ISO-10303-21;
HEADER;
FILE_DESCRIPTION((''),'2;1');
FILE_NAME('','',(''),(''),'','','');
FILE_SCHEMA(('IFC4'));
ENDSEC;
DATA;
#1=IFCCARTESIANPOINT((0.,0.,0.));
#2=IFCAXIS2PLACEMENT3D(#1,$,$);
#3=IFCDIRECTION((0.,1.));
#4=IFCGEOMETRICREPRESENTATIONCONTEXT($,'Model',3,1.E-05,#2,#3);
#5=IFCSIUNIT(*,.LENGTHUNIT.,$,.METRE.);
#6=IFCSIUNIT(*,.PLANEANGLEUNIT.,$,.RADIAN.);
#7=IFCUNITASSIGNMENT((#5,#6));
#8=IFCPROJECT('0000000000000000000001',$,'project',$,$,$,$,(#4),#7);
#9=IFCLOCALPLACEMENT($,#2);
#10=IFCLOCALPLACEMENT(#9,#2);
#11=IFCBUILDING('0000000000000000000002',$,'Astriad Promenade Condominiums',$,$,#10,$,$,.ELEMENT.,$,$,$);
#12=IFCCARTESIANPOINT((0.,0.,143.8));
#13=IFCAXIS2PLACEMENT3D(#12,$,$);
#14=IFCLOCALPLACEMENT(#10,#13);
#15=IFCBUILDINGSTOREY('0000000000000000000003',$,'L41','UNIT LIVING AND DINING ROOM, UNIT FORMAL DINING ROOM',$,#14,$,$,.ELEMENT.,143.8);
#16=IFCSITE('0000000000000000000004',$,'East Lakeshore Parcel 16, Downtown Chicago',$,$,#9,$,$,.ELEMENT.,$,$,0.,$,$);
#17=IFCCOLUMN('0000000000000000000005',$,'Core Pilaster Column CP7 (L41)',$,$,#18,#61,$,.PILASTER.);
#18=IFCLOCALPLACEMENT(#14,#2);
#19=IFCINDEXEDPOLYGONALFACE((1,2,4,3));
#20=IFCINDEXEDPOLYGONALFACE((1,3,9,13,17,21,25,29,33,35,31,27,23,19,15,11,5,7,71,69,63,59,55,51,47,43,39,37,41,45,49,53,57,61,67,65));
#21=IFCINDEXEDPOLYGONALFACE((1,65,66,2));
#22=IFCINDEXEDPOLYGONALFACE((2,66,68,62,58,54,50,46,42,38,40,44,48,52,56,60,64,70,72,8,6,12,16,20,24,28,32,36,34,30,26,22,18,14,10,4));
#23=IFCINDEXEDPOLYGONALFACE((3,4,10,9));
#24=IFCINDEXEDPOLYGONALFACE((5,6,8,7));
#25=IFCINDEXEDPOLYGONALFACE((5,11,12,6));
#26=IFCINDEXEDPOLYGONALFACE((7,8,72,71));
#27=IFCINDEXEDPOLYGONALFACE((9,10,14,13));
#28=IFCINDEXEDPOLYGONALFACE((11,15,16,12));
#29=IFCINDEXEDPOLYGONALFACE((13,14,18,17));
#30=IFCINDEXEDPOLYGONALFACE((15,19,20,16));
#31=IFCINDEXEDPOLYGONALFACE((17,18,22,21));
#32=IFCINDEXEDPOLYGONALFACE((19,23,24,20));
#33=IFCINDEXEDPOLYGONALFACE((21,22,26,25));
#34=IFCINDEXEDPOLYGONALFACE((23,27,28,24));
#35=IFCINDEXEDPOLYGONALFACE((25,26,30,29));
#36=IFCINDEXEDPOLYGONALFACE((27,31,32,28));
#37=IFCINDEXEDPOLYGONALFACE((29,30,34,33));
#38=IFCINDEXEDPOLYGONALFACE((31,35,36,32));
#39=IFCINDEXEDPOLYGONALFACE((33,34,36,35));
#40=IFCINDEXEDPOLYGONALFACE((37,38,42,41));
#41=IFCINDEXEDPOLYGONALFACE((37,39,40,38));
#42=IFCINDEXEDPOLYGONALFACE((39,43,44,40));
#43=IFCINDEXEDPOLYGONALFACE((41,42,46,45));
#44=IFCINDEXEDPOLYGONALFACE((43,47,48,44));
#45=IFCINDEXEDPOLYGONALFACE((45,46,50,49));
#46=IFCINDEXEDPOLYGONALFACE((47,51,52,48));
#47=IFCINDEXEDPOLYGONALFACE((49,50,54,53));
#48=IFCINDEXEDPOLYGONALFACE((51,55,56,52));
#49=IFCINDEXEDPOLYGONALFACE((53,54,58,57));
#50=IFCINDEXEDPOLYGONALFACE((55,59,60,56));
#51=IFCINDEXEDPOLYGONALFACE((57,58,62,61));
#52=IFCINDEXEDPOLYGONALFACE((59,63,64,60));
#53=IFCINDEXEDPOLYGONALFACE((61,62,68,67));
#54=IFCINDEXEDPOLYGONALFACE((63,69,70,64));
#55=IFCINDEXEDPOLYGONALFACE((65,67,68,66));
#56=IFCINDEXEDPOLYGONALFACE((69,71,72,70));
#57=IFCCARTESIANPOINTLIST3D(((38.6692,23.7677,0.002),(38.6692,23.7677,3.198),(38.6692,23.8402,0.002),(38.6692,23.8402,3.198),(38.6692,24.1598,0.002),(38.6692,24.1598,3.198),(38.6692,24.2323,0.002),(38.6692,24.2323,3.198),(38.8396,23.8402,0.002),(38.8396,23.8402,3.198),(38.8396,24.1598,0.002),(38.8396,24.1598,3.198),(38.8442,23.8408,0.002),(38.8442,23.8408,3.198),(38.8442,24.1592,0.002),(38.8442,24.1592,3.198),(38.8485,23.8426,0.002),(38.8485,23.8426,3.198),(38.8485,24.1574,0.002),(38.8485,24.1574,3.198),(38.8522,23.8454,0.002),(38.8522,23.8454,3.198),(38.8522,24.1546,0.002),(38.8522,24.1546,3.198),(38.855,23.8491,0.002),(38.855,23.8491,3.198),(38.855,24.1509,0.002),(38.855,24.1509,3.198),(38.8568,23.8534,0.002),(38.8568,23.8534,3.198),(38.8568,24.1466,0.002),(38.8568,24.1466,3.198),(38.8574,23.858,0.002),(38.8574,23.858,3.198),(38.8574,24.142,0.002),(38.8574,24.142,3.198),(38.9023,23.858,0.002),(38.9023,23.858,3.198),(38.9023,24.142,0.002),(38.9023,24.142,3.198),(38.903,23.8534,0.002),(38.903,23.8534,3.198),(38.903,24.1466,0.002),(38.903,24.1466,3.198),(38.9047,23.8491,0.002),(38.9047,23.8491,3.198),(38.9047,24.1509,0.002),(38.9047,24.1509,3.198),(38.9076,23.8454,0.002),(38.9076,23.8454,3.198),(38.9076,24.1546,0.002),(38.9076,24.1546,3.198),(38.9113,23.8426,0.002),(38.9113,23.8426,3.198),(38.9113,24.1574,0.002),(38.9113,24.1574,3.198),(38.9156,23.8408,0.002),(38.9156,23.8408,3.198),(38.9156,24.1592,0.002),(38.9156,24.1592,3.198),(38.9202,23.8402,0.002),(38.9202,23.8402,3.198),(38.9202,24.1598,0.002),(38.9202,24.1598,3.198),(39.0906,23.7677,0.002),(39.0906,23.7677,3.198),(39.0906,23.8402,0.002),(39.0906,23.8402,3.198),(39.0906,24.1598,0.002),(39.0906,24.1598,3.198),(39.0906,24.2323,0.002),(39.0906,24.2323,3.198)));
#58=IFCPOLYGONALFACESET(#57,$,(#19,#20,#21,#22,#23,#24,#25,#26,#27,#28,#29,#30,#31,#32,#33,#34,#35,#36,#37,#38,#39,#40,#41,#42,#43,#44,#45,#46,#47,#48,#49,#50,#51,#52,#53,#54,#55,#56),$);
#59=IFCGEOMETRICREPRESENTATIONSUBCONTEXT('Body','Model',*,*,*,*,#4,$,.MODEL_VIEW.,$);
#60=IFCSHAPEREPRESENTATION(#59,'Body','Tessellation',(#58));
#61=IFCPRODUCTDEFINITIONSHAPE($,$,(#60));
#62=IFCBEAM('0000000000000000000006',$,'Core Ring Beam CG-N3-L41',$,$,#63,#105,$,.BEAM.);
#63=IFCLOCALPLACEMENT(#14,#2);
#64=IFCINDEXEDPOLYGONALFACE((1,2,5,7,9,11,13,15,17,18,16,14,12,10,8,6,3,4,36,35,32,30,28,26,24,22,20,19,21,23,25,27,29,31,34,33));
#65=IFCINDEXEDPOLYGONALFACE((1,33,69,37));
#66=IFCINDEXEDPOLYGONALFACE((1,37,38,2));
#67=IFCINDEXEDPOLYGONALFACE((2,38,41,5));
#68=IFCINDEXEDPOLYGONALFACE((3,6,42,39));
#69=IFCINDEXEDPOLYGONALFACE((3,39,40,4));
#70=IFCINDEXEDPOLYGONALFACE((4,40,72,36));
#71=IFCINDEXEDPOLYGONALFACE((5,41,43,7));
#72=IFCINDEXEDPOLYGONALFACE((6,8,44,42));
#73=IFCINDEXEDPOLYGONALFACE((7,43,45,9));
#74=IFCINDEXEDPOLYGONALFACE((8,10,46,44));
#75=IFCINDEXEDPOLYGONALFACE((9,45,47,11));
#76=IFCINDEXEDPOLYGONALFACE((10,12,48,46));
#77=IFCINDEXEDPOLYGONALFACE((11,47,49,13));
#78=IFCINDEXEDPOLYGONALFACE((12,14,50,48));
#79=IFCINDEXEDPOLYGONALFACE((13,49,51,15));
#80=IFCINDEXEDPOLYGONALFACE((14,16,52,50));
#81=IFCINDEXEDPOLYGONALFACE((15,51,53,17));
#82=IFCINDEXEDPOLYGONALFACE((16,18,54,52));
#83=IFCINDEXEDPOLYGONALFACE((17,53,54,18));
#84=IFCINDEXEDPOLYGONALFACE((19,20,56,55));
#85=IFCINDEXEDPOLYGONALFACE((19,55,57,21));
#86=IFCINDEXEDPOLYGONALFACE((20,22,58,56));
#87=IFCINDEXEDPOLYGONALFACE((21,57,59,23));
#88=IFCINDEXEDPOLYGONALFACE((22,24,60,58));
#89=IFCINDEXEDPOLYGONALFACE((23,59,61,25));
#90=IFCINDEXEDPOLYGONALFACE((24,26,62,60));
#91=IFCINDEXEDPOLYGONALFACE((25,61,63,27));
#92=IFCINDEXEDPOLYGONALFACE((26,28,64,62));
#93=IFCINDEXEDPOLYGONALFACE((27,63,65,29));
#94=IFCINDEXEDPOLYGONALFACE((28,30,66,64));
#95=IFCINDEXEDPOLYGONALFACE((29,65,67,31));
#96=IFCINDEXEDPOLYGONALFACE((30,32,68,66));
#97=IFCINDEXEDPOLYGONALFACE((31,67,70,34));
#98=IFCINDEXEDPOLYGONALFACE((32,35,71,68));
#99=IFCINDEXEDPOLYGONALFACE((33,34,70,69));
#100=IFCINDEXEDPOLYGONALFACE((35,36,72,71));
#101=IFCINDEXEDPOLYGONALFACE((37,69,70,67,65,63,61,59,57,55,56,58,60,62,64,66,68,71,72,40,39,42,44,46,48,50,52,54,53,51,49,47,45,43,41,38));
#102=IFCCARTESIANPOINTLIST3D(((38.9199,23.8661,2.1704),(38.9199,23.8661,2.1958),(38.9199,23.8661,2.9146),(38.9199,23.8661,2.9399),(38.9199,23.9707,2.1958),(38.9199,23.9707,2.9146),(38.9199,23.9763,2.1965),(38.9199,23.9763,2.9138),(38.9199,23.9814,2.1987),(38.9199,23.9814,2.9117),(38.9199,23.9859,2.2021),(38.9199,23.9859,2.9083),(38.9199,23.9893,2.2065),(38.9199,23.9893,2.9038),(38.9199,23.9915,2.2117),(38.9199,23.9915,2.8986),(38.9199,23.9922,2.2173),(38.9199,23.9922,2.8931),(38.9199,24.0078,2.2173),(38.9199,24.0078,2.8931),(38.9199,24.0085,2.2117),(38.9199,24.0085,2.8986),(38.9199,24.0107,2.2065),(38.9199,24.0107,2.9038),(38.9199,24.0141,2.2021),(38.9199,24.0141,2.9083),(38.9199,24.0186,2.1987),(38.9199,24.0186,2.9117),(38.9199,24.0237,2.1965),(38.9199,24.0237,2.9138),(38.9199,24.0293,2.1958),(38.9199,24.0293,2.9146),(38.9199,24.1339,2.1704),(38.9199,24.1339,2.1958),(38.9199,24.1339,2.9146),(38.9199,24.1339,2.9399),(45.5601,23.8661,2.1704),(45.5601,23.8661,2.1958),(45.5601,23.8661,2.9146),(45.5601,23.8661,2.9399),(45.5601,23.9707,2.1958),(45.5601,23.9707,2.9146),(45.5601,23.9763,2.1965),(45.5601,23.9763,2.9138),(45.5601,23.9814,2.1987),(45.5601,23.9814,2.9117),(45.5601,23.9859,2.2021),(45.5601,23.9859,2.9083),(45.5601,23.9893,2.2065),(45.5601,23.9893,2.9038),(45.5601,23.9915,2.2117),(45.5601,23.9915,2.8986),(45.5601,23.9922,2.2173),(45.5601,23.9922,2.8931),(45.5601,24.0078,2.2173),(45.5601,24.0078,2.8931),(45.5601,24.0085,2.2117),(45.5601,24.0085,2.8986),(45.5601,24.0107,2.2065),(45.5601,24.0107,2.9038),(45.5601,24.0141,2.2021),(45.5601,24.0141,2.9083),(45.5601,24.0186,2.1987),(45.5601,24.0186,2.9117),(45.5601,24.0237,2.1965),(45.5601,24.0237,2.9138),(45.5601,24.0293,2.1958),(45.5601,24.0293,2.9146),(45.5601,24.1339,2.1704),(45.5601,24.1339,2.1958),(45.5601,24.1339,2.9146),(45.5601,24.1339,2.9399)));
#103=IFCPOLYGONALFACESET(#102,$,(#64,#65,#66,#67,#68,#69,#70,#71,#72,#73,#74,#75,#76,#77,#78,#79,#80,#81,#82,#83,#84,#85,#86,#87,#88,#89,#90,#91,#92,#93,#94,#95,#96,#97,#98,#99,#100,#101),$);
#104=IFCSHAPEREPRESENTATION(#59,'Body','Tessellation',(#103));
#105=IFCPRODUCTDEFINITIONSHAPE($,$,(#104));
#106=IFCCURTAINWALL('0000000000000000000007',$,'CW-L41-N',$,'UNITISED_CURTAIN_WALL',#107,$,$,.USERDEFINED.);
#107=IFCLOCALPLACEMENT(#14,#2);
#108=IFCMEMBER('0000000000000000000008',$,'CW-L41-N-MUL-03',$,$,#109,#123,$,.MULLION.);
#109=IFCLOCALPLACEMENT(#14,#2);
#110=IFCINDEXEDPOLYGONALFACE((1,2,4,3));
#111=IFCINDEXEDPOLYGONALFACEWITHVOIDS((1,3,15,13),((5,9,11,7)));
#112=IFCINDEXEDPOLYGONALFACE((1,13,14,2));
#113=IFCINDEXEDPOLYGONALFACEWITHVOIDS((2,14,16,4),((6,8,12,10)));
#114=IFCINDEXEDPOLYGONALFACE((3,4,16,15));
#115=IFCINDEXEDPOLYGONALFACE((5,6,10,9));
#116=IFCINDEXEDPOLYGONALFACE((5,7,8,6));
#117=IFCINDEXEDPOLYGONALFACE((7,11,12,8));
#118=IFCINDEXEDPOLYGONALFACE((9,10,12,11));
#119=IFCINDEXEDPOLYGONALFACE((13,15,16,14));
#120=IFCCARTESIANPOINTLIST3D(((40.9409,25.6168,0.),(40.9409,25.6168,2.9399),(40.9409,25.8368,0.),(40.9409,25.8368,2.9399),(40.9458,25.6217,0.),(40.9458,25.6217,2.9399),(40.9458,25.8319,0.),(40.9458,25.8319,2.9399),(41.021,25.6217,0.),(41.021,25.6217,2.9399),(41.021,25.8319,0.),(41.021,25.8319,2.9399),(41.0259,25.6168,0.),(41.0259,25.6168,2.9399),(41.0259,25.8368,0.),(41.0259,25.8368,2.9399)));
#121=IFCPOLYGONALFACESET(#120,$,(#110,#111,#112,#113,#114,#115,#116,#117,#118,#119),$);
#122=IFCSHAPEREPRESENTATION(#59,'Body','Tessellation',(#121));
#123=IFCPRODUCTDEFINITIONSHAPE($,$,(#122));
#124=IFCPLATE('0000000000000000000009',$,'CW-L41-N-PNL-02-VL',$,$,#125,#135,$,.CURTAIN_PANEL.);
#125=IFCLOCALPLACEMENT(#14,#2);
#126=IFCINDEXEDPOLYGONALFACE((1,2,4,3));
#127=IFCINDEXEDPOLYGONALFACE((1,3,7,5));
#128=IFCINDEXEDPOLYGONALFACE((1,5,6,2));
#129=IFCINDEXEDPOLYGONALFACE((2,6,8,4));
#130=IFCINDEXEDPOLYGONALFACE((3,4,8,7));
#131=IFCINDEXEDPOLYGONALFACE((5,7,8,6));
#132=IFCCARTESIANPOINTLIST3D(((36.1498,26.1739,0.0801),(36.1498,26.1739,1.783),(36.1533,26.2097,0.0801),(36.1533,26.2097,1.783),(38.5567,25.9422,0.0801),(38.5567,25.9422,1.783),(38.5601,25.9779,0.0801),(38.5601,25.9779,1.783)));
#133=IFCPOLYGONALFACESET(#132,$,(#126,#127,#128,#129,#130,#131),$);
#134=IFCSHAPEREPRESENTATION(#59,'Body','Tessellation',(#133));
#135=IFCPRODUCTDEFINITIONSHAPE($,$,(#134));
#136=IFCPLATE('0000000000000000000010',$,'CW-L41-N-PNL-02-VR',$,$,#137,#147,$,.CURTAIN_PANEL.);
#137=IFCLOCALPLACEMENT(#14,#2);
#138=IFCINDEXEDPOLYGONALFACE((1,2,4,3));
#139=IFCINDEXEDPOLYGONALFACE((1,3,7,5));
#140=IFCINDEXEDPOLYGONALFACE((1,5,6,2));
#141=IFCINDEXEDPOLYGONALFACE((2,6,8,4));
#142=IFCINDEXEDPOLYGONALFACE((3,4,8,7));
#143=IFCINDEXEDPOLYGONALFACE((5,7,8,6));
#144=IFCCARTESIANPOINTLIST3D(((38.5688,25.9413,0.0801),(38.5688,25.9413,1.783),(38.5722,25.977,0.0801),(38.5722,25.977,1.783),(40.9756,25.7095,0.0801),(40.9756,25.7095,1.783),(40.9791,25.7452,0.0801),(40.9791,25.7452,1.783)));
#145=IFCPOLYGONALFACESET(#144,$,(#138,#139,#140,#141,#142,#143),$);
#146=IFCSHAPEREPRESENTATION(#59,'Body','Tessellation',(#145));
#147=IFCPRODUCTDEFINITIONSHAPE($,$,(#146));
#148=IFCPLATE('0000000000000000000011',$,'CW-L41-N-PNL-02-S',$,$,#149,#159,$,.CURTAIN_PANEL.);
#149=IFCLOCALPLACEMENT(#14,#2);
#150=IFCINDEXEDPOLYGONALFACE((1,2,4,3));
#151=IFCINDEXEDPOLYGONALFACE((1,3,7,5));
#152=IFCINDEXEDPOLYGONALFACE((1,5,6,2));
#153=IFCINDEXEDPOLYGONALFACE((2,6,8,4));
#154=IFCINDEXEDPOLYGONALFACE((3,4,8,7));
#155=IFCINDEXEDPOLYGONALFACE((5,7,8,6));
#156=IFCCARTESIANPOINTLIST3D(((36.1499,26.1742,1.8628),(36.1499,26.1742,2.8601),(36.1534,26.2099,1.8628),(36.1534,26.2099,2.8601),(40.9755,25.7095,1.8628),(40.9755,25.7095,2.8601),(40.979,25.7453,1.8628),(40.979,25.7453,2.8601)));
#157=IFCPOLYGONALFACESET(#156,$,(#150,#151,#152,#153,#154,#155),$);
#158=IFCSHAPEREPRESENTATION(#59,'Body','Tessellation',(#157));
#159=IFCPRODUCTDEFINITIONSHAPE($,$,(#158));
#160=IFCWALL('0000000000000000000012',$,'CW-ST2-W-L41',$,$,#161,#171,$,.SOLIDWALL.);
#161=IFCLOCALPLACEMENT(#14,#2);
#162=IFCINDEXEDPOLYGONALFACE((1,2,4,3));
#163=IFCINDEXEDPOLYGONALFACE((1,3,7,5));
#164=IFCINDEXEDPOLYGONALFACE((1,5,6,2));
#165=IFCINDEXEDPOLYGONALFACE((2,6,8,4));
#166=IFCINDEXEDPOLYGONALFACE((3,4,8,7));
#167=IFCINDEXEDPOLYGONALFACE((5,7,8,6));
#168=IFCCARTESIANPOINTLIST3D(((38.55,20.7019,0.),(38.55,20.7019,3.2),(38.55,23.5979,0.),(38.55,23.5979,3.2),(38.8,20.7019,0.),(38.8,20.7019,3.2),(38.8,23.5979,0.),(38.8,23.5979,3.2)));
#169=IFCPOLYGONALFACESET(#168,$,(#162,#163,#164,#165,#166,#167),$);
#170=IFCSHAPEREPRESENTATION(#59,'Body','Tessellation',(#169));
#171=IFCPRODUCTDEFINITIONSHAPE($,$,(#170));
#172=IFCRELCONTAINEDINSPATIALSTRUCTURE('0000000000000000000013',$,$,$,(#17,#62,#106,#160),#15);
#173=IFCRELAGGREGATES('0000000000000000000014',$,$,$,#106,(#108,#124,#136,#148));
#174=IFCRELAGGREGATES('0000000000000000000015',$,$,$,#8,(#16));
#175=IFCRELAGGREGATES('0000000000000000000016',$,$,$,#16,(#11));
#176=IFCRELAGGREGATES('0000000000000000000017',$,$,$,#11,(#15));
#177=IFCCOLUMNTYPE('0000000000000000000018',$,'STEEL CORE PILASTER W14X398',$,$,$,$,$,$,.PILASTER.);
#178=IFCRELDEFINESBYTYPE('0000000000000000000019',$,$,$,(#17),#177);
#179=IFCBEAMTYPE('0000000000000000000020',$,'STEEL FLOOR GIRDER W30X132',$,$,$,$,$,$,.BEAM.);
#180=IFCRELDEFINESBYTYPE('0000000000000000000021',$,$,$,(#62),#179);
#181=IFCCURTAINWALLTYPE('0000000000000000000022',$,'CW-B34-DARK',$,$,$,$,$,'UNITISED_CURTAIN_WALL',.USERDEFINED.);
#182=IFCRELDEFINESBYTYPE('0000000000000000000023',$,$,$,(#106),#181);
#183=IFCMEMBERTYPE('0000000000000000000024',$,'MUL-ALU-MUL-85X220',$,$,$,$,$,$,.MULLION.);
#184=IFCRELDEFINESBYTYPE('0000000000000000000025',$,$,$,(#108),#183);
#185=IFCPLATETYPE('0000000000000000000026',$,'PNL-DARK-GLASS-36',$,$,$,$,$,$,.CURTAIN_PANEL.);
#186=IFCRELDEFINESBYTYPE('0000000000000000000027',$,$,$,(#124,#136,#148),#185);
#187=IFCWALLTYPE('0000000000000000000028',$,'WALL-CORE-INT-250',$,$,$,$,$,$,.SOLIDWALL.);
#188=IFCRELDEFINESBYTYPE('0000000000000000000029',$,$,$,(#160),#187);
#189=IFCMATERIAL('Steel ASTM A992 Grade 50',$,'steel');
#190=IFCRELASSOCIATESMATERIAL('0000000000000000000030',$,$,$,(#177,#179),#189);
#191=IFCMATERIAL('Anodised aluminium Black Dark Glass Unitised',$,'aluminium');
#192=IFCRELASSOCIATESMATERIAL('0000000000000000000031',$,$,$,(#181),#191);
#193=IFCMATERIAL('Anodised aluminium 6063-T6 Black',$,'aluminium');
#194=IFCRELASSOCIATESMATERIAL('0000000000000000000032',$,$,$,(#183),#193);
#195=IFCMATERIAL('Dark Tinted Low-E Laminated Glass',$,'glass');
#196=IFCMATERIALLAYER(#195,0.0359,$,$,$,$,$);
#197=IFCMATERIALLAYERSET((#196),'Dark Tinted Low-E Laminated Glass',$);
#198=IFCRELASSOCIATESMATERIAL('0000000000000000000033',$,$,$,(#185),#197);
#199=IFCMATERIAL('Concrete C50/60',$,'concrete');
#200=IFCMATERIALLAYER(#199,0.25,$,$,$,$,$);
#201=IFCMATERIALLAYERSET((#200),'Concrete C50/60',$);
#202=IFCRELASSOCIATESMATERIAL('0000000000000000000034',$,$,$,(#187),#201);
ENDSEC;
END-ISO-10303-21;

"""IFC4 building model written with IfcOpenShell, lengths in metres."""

from ifc_helpers import new_model, si_unit, direction, frame, frame_2d, origin, origin_2d, place, context, subcontext, project, spatial, rectangle, hollow_rectangle, i_section, extrude, source, transform, mapped, material, layer, layer_set, material_profile, profile_set, type_object, type_shapes, element, aggregate, save


model = new_model("IFC4")

# Units and contexts
model_context = context("Model", 3, precision=1e-05, world=origin(), true_north=direction((0.0, 1.0)))
body_context = subcontext(model_context, "Body", "Model", "MODEL_VIEW")
ifc_project = project(units=[si_unit("LENGTHUNIT", "METRE"), si_unit("PLANEANGLEUNIT", "RADIAN")], contexts=[model_context])

# Site, building, storey
site_placement = place(None, origin())
site = spatial("IfcSite", under=ifc_project, at=site_placement, Name="East Lakeshore Parcel 16, Downtown Chicago", CompositionType="ELEMENT", RefElevation=0.0)
building_placement = place(site_placement, origin())
building = spatial("IfcBuilding", under=site, at=building_placement, Name="Astriad Promenade Condominiums", CompositionType="ELEMENT")
storey_placement = place(building_placement, frame((0.0, 0.0, 143.8)))
storey = spatial("IfcBuildingStorey", under=building, at=storey_placement, Name="L41", Description="UNIT LIVING AND DINING ROOM, UNIT FORMAL DINING ROOM", CompositionType="ELEMENT", Elevation=143.8)

# Column
ifc_material_1 = material(Name="Steel ASTM A992 Grade 50", Category="steel")
ifc_material_profile_1 = material_profile(ifc_material_1, i_section(OverallWidth=0.4214, OverallDepth=0.4646, WebThickness=0.0449, FlangeThickness=0.0725, FilletRadius=0.0178, at=origin_2d()), Name="W14X398")
ifc_profile_set_1 = profile_set([ifc_material_profile_1], Name="Steel ASTM A992 Grade 50")
column_type = type_object("IfcColumnType", Name="STEEL CORE PILASTER W14X398", PredefinedType="PILASTER", material=ifc_profile_set_1)
shared_shape_1 = source(origin(), body_context, "Body", "SweptSolid", [
    extrude(i_section(OverallWidth=0.4214, OverallDepth=0.4646, WebThickness=0.0449, FlangeThickness=0.0725, FilletRadius=0.0178, at=origin_2d()), origin(), (0.0, 0.0, 1.0), 3.196),
])
type_shapes(column_type, [shared_shape_1])
column_placement = place(storey_placement, frame((38.8799, 24.0, 0.002), z_axis=(0.0, 0.0, 1.0), x_axis=(1.0, 0.0, 0.0)))
element("IfcColumn", 1, at=column_placement, inside=storey, type_object=column_type, Name="Core Pilaster Column CP7 (L41)", PredefinedType="PILASTER", context=body_context, shape_type="MappedRepresentation", body=[
    mapped(shared_shape_1, transform((0.0, 0.0, 0.0), scale=1.0)),
])

# Beam
ifc_material_profile_2 = material_profile(ifc_material_1, i_section(OverallWidth=0.2678, OverallDepth=0.7695, WebThickness=0.0156, FlangeThickness=0.0254, FilletRadius=0.0215, at=origin_2d()), Name="W30X132")
ifc_profile_set_2 = profile_set([ifc_material_profile_2], Name="Steel ASTM A992 Grade 50")
beam_type = type_object("IfcBeamType", Name="STEEL FLOOR GIRDER W30X132", PredefinedType="BEAM", material=ifc_profile_set_2)
shared_shape_2 = source(origin(), body_context, "Body", "SweptSolid", [
    extrude(i_section(OverallWidth=0.2678, OverallDepth=0.7695, WebThickness=0.0156, FlangeThickness=0.0254, FilletRadius=0.0215, at=origin_2d()), origin(), (0.0, 0.0, 1.0), 6.6401),
])
type_shapes(beam_type, [shared_shape_2])
beam_placement = place(storey_placement, frame((38.9199, 24.0, 2.5552), z_axis=(1.0, 0.0, 0.0), x_axis=(0.0, 1.0, 0.0)))
element("IfcBeam", 2, at=beam_placement, inside=storey, type_object=beam_type, Name="Core Ring Beam CG-N3-L41", PredefinedType="BEAM", context=body_context, shape_type="MappedRepresentation", body=[
    mapped(shared_shape_2, transform((0.0, 0.0, 0.0), scale=1.0)),
])

# Curtain wall, member, plates
ifc_material_2 = material(Name="Anodised aluminium Black Dark Glass Unitised", Category="aluminium")
curtain_wall_type = type_object("IfcCurtainWallType", Name="CW-B34-DARK", ElementType="UNITISED_CURTAIN_WALL", PredefinedType="USERDEFINED", material=ifc_material_2)
curtain_wall_placement = place(storey_placement, origin())
curtain_wall = element("IfcCurtainWall", 3, at=curtain_wall_placement, inside=storey, type_object=curtain_wall_type, Name="CW-L41-N", ObjectType="UNITISED_CURTAIN_WALL", PredefinedType="USERDEFINED")
ifc_material_3 = material(Name="Anodised aluminium 6063-T6 Black", Category="aluminium")
ifc_material_profile_3 = material_profile(ifc_material_3, hollow_rectangle(XDim=0.085, YDim=0.22, WallThickness=0.0049, at=origin_2d()), Name="ALU-MUL-85X220")
ifc_profile_set_3 = profile_set([ifc_material_profile_3], Name="Anodised aluminium 6063-T6 Black")
member_type = type_object("IfcMemberType", Name="MUL-ALU-MUL-85X220", PredefinedType="MULLION", material=ifc_profile_set_3)
shared_shape_3 = source(origin(), body_context, "Body", "SweptSolid", [
    extrude(hollow_rectangle(XDim=0.085, YDim=0.22, WallThickness=0.0049, at=origin_2d()), origin(), (0.0, 0.0, 1.0), 2.9399),
])
type_shapes(member_type, [shared_shape_3])
member_placement = place(storey_placement, frame((40.9834, 25.7268, 0.0), z_axis=(0.0, 0.0, 1.0), x_axis=(1.0, 0.0, 0.0)))
member = element("IfcMember", 4, at=member_placement, type_object=member_type, Name="CW-L41-N-MUL-03", PredefinedType="MULLION", context=body_context, shape_type="MappedRepresentation", body=[
    mapped(shared_shape_3, transform((0.0, 0.0, 0.0), scale=1.0)),
])
ifc_material_4 = material(Name="Dark Tinted Low-E Laminated Glass", Category="glass")
ifc_layer_1 = layer(ifc_material_4, 0.0359)
ifc_layer_set_1 = layer_set([ifc_layer_1], Name="Dark Tinted Low-E Laminated Glass")
plate_type = type_object("IfcPlateType", Name="PNL-DARK-GLASS-36", PredefinedType="CURTAIN_PANEL", material=ifc_layer_set_1)
shared_shape_4 = source(origin(), body_context, "Body", "SweptSolid", [
    extrude(rectangle(XDim=2.418, YDim=0.0359, at=origin_2d()), origin(), (0.0, 0.0, 1.0), 1.7029),
])
plate_1_placement = place(storey_placement, frame((37.355, 26.0759, 0.0801), z_axis=(0.0, 0.0, 1.0), x_axis=(0.995396, -0.095846, 0.0)))
plate_1 = element("IfcPlate", 5, at=plate_1_placement, type_object=plate_type, Name="CW-L41-N-PNL-02-VL", PredefinedType="CURTAIN_PANEL", context=body_context, shape_type="MappedRepresentation", body=[
    mapped(shared_shape_4, transform((0.0, 0.0, 0.0), scale=1.0)),
])
plate_2_placement = place(storey_placement, frame((39.7739, 25.8433, 0.0801), z_axis=(0.0, 0.0, 1.0), x_axis=(0.995396, -0.095846, 0.0)))
plate_2 = element("IfcPlate", 6, at=plate_2_placement, type_object=plate_type, Name="CW-L41-N-PNL-02-VR", PredefinedType="CURTAIN_PANEL", context=body_context, shape_type="MappedRepresentation", body=[
    mapped(shared_shape_4, transform((0.0, 0.0, 0.0), scale=1.0)),
])
shared_shape_5 = source(origin(), body_context, "Body", "SweptSolid", [
    extrude(rectangle(XDim=4.8479, YDim=0.0359, at=origin_2d()), origin(), (0.0, 0.0, 1.0), 0.9973),
])
type_shapes(plate_type, [shared_shape_4, shared_shape_5])
plate_3_placement = place(storey_placement, frame((38.5645, 25.9597, 1.8628), z_axis=(0.0, 0.0, 1.0), x_axis=(0.995396, -0.095846, 0.0)))
plate_3 = element("IfcPlate", 7, at=plate_3_placement, type_object=plate_type, Name="CW-L41-N-PNL-02-S", PredefinedType="CURTAIN_PANEL", context=body_context, shape_type="MappedRepresentation", body=[
    mapped(shared_shape_5, transform((0.0, 0.0, 0.0), scale=1.0)),
])
aggregate(curtain_wall, [member, plate_1, plate_2, plate_3])

# Wall
ifc_material_5 = material(Name="Concrete C50/60", Category="concrete")
ifc_layer_2 = layer(ifc_material_5, 0.25)
ifc_layer_set_2 = layer_set([ifc_layer_2], Name="Concrete C50/60")
wall_type_1 = type_object("IfcWallType", Name="WALL-CORE-INT-250", PredefinedType="SOLIDWALL", material=ifc_layer_set_2)
wall_1_placement = place(storey_placement, frame((38.675, 20.7019, 0.0), z_axis=(0.0, 0.0, 1.0), x_axis=(0.0, 1.0, 0.0)))
element("IfcWall", 8, at=wall_1_placement, inside=storey, type_object=wall_type_1, Name="CW-ST2-W-L41", PredefinedType="SOLIDWALL", context=body_context, shape_type="SweptSolid", body=[
    extrude(rectangle(XDim=2.896, YDim=0.25, at=frame_2d((1.448, 0.0))), origin(), (0.0, 0.0, 1.0), 3.2),
])

save(model, "model.ifc")
